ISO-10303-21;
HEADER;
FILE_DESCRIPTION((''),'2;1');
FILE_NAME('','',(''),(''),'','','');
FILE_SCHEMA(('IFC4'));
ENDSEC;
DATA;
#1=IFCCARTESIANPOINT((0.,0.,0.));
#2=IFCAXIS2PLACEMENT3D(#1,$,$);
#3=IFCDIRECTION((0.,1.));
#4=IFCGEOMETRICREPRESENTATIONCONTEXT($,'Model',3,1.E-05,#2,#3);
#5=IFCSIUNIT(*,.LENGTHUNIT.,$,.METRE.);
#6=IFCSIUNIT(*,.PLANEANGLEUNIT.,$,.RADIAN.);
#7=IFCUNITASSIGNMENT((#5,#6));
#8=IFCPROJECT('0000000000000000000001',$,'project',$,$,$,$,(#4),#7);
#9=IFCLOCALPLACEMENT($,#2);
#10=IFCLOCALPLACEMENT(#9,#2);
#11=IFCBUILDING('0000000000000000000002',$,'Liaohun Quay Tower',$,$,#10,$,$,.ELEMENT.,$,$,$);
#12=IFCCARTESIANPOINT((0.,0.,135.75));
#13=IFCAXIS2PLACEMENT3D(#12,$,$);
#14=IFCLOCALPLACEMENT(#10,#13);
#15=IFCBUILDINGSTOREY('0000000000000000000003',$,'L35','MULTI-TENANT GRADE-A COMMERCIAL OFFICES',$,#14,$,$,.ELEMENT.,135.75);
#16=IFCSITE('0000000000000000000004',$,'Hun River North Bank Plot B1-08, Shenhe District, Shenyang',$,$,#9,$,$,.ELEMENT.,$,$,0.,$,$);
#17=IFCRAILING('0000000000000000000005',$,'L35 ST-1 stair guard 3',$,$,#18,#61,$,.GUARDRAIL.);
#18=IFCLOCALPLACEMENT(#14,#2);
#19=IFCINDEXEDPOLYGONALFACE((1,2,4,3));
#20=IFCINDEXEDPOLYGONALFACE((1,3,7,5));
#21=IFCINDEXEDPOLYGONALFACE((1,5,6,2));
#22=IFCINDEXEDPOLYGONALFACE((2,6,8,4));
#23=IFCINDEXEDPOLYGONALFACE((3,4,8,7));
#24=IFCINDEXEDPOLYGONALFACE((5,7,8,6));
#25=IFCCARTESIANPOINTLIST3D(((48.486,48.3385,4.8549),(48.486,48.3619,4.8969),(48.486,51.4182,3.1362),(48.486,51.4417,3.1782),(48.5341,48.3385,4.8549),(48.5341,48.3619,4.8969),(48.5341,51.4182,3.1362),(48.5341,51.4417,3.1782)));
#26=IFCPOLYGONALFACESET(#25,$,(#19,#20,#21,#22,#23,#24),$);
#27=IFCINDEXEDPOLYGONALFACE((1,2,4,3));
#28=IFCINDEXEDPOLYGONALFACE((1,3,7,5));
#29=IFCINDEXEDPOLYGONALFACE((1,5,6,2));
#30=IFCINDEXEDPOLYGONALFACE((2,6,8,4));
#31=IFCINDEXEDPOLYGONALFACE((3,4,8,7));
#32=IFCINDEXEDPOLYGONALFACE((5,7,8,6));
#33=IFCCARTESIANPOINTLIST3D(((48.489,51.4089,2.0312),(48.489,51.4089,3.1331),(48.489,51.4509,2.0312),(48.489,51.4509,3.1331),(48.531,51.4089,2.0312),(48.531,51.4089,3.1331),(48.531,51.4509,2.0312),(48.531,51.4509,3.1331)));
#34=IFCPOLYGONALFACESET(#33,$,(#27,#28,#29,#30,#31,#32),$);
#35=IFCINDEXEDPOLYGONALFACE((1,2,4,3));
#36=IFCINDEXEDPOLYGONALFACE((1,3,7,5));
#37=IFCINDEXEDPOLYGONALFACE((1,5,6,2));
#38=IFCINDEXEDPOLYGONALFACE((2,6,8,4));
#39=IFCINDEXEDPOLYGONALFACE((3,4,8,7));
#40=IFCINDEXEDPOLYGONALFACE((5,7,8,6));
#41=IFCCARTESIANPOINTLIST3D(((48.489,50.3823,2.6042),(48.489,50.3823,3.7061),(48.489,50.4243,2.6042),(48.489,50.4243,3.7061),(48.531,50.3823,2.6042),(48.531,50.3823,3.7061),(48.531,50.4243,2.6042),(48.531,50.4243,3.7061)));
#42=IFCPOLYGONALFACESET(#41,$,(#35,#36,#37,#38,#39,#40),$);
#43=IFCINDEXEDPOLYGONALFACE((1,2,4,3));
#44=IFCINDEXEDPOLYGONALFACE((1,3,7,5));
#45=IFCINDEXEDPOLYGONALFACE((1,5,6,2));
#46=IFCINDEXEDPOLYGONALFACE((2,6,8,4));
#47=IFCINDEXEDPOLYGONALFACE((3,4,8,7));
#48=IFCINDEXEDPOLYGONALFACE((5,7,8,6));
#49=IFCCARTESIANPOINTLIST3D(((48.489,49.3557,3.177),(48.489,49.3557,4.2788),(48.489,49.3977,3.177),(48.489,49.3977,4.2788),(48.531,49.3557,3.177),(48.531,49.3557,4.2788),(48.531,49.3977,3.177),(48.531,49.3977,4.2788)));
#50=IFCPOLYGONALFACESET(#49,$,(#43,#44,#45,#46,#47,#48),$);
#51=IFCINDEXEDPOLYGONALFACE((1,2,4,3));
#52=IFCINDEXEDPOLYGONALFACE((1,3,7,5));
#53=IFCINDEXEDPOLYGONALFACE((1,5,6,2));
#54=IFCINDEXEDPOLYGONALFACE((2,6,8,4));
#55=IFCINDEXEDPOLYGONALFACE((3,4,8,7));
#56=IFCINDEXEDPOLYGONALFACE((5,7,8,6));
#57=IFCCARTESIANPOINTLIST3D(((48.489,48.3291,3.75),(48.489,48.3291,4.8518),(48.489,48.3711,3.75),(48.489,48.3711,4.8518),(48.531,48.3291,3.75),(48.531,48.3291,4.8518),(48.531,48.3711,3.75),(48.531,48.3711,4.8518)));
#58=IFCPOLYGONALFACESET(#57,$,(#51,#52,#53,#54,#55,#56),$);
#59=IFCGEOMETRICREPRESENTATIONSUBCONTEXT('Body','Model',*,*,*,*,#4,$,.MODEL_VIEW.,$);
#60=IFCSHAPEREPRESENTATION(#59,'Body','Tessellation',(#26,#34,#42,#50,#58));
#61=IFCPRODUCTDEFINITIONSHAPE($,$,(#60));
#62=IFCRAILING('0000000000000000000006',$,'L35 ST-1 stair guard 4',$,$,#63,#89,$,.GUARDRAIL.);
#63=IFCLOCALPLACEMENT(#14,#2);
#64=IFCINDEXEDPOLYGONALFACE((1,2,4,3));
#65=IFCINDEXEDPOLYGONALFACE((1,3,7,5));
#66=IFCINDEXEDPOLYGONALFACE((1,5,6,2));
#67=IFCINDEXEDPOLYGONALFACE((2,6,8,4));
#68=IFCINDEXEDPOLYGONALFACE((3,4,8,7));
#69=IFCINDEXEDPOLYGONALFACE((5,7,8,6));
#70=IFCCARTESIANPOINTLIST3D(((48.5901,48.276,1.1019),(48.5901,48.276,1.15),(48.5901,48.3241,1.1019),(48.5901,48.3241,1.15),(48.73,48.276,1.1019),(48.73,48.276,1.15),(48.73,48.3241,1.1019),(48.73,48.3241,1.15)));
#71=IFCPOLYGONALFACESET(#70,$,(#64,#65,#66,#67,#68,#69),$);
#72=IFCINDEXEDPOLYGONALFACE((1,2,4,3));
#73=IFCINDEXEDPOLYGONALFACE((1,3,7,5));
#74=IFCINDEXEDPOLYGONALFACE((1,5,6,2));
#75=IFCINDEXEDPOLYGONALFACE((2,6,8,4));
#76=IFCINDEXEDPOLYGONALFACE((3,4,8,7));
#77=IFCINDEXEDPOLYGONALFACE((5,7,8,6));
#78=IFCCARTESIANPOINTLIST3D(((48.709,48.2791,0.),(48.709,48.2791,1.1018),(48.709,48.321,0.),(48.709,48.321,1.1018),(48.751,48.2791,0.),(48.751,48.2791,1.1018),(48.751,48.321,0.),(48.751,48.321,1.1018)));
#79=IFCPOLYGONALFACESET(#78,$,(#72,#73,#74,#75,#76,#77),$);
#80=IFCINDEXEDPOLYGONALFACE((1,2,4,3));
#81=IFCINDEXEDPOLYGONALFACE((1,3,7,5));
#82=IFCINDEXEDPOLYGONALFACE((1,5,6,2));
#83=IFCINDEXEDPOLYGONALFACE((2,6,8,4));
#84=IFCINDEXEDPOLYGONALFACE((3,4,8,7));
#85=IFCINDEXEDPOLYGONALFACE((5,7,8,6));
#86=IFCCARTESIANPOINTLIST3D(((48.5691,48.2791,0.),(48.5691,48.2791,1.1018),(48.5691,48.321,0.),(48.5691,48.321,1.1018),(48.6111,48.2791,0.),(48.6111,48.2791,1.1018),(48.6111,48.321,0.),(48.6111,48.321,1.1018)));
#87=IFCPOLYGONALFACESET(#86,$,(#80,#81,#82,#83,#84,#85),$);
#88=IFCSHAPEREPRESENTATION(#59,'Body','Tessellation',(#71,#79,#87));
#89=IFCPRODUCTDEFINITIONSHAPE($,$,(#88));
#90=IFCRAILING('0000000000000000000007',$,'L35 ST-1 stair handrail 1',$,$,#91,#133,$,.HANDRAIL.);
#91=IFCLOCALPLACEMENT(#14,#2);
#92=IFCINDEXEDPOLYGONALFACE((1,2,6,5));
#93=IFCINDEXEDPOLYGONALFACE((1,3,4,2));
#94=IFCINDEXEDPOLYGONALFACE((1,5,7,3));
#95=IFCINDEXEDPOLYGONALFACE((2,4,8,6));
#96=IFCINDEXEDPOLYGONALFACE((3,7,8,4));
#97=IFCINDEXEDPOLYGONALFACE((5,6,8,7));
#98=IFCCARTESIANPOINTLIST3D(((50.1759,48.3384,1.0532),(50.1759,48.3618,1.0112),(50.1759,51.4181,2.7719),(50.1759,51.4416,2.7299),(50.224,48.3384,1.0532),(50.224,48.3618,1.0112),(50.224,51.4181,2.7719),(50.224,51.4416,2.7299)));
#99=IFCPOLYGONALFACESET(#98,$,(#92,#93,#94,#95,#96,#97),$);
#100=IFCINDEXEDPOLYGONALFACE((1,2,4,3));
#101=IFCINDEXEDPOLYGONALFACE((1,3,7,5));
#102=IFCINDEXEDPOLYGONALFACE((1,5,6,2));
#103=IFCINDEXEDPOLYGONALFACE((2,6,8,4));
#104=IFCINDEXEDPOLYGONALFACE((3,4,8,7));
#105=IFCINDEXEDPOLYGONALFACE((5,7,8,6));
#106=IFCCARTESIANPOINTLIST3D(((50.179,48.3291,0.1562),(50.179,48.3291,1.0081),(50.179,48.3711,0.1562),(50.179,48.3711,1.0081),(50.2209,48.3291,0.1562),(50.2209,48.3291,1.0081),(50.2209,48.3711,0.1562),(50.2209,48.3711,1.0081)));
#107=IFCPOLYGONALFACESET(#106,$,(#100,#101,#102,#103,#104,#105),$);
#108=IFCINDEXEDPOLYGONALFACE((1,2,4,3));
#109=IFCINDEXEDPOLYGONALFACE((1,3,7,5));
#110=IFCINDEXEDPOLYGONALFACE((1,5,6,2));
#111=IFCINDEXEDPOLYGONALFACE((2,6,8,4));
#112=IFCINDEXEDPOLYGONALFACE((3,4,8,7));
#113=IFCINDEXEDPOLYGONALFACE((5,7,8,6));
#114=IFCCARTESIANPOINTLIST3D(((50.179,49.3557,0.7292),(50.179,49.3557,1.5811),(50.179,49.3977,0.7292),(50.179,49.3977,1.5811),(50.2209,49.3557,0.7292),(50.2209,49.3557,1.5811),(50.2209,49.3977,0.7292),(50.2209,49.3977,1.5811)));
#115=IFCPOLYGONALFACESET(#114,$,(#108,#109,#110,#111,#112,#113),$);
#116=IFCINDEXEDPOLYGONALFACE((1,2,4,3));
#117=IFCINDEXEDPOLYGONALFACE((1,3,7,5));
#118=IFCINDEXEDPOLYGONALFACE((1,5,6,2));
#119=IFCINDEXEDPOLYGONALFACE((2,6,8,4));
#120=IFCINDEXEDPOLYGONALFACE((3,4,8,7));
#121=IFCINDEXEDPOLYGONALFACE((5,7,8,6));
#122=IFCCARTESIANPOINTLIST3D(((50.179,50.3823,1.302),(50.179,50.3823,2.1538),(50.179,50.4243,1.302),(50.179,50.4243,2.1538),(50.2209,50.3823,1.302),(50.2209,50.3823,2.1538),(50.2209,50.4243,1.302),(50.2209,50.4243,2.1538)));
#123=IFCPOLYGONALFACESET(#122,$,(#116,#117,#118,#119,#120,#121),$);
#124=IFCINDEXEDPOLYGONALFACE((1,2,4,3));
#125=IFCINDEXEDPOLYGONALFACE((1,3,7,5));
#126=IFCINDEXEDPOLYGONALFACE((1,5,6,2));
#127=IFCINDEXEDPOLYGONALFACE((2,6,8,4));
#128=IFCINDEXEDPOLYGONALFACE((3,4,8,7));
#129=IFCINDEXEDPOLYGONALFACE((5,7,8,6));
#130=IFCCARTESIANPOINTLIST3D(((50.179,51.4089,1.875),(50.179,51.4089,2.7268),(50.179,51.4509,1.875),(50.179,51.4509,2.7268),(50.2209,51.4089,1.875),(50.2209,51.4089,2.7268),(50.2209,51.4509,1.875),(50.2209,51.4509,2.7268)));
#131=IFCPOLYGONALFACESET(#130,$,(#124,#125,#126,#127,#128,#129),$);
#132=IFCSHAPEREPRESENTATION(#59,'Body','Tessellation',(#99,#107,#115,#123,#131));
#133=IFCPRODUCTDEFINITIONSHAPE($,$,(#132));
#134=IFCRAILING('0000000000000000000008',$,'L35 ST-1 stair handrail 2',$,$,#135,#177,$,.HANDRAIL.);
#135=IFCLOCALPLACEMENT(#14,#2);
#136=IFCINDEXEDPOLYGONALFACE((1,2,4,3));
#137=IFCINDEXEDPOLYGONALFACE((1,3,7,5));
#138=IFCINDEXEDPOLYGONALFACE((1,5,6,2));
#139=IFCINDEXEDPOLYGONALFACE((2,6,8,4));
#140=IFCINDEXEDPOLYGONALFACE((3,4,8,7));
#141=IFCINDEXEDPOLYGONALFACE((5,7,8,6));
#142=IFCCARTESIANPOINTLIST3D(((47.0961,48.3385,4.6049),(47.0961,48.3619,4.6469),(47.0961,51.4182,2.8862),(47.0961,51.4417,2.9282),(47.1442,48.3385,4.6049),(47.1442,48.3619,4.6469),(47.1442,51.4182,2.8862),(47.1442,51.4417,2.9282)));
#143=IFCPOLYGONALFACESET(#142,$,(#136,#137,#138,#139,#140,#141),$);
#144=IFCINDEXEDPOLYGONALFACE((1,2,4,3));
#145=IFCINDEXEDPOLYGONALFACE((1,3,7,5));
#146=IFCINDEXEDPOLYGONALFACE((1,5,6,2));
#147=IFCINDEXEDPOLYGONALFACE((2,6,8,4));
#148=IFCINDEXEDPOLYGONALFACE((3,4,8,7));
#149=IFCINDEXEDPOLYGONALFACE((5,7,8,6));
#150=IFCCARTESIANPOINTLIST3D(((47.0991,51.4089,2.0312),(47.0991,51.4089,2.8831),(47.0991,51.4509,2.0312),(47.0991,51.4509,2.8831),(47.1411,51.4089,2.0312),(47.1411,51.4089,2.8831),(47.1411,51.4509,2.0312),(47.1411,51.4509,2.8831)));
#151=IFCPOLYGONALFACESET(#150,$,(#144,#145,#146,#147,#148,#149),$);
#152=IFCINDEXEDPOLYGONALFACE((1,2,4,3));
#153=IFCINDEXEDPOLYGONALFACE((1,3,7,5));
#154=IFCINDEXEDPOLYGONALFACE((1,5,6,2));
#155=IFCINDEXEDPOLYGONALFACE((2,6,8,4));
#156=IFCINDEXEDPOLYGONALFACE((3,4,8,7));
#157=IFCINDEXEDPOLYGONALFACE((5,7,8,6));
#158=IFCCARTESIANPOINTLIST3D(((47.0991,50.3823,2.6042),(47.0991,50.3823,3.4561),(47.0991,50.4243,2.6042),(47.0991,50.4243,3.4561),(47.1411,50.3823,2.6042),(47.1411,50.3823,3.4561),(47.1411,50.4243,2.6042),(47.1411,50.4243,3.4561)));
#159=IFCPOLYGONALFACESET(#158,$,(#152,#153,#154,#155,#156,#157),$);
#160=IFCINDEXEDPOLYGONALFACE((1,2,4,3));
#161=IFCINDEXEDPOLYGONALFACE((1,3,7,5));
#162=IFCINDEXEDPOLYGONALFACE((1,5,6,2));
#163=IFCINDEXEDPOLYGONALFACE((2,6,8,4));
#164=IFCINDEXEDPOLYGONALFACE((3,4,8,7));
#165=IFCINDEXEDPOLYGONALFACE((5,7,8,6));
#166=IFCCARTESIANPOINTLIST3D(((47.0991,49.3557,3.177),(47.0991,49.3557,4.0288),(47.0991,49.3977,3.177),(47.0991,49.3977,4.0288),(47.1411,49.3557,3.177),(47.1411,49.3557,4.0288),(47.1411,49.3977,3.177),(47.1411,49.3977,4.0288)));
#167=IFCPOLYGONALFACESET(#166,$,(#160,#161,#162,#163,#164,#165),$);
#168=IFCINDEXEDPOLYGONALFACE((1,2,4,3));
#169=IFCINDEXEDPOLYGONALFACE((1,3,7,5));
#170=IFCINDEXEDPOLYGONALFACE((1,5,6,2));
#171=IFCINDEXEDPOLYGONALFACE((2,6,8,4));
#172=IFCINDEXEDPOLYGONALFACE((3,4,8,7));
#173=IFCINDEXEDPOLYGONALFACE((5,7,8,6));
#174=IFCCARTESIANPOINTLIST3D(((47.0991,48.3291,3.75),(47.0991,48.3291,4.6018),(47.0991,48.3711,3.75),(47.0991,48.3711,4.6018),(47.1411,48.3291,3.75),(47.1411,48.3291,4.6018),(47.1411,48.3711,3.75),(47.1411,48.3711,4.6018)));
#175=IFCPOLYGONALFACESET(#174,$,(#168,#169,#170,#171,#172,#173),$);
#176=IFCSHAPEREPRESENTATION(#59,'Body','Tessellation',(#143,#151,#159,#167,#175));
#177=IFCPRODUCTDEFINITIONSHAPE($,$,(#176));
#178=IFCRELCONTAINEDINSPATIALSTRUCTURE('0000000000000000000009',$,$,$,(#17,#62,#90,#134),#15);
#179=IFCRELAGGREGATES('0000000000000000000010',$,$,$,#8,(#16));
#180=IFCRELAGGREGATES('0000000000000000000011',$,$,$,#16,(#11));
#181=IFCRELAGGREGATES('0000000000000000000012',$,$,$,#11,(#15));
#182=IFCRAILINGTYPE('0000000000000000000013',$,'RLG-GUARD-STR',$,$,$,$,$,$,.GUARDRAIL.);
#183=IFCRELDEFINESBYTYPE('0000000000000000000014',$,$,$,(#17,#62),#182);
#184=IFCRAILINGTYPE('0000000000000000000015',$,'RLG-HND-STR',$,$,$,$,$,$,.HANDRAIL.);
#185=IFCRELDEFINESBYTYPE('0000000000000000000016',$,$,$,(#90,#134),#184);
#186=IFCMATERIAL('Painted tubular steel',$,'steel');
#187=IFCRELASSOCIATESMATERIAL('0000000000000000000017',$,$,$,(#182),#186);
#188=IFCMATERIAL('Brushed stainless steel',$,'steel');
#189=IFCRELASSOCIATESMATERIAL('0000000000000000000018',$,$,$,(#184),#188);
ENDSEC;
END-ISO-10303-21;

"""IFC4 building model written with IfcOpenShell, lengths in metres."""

from ifc_helpers import new_model, si_unit, direction, frame, origin, origin_2d, place, context, subcontext, project, spatial, rectangle, extrude, material, type_object, element, save


model = new_model("IFC4")

# Units and contexts
model_context = context("Model", 3, precision=1e-05, world=origin(), true_north=direction((0.0, 1.0)))
body_context = subcontext(model_context, "Body", "Model", "MODEL_VIEW")
ifc_project = project(units=[si_unit("LENGTHUNIT", "METRE"), si_unit("PLANEANGLEUNIT", "RADIAN")], contexts=[model_context])

# Site, building, storey
site_placement = place(None, origin())
site = spatial("IfcSite", under=ifc_project, at=site_placement, Name="Hun River North Bank Plot B1-08, Shenhe District, Shenyang", CompositionType="ELEMENT", RefElevation=0.0)
building_placement = place(site_placement, origin())
building = spatial("IfcBuilding", under=site, at=building_placement, Name="Liaohun Quay Tower", CompositionType="ELEMENT")
storey_placement = place(building_placement, frame((0.0, 0.0, 135.75)))
storey = spatial("IfcBuildingStorey", under=building, at=storey_placement, Name="L35", Description="MULTI-TENANT GRADE-A COMMERCIAL OFFICES", CompositionType="ELEMENT", Elevation=135.75)

# Railings
ifc_material_1 = material(Name="Painted tubular steel", Category="steel")
railing_type_1 = type_object("IfcRailingType", Name="RLG-GUARD-STR", PredefinedType="GUARDRAIL", material=ifc_material_1)
railing_1_placement = place(storey_placement, frame((48.51, 51.4299, 2.0312)))
element("IfcRailing", 1, at=railing_1_placement, inside=storey, type_object=railing_type_1, Name="L35 ST-1 stair guard 3", PredefinedType="GUARDRAIL", context=body_context, shape_type="SweptSolid", body=[
    extrude(rectangle(XDim=0.0481, YDim=0.0481, at=origin_2d()), frame((0.0, 0.0, 1.126), z_axis=(0.0, -0.873225, 0.487317), x_axis=(1.0, 0.0, 0.0)), (0.0, 0.0, 1.0), 3.5269),
    extrude(rectangle(XDim=0.042, YDim=0.042, at=origin_2d()), origin(), (0.0, 0.0, 1.0), 1.1018),
    extrude(rectangle(XDim=0.042, YDim=0.042, at=origin_2d()), frame((0.0, -1.0266, 0.573)), (0.0, 0.0, 1.0), 1.1018),
    extrude(rectangle(XDim=0.042, YDim=0.042, at=origin_2d()), frame((0.0, -2.0532, 1.1458)), (0.0, 0.0, 1.0), 1.1018),
    extrude(rectangle(XDim=0.042, YDim=0.042, at=origin_2d()), frame((0.0, -3.0798, 1.7188)), (0.0, 0.0, 1.0), 1.1018),
])
railing_2_placement = place(storey_placement, frame((48.73, 48.3, 0.0)))
element("IfcRailing", 2, at=railing_2_placement, inside=storey, type_object=railing_type_1, Name="L35 ST-1 stair guard 4", PredefinedType="GUARDRAIL", context=body_context, shape_type="SweptSolid", body=[
    extrude(rectangle(XDim=0.0481, YDim=0.0481, at=origin_2d()), frame((0.0, 0.0, 1.126), z_axis=(-1.0, 0.0, 0.0), x_axis=(0.0, -1.0, 0.0)), (0.0, 0.0, 1.0), 0.1399),
    extrude(rectangle(XDim=0.042, YDim=0.042, at=origin_2d()), origin(), (0.0, 0.0, 1.0), 1.1018),
    extrude(rectangle(XDim=0.042, YDim=0.042, at=origin_2d()), frame((-0.1399, 0.0, 0.0)), (0.0, 0.0, 1.0), 1.1018),
])
ifc_material_2 = material(Name="Brushed stainless steel", Category="steel")
railing_type_2 = type_object("IfcRailingType", Name="RLG-HND-STR", PredefinedType="HANDRAIL", material=ifc_material_2)
railing_3_placement = place(storey_placement, frame((50.2, 48.3501, 0.1562)))
element("IfcRailing", 3, at=railing_3_placement, inside=storey, type_object=railing_type_2, Name="L35 ST-1 stair handrail 1", PredefinedType="HANDRAIL", context=body_context, shape_type="SweptSolid", body=[
    extrude(rectangle(XDim=0.0481, YDim=0.0481, at=origin_2d()), frame((0.0, 0.0, 0.876), z_axis=(0.0, 0.873225, 0.487317), x_axis=(-1.0, 0.0, 0.0)), (0.0, 0.0, 1.0), 3.5269),
    extrude(rectangle(XDim=0.042, YDim=0.042, at=origin_2d()), origin(), (0.0, 0.0, 1.0), 0.8518),
    extrude(rectangle(XDim=0.042, YDim=0.042, at=origin_2d()), frame((0.0, 1.0266, 0.573)), (0.0, 0.0, 1.0), 0.8518),
    extrude(rectangle(XDim=0.042, YDim=0.042, at=origin_2d()), frame((0.0, 2.0532, 1.1458)), (0.0, 0.0, 1.0), 0.8518),
    extrude(rectangle(XDim=0.042, YDim=0.042, at=origin_2d()), frame((0.0, 3.0798, 1.7188)), (0.0, 0.0, 1.0), 0.8518),
])
railing_4_placement = place(storey_placement, frame((47.1201, 51.4299, 2.0312)))
element("IfcRailing", 4, at=railing_4_placement, inside=storey, type_object=railing_type_2, Name="L35 ST-1 stair handrail 2", PredefinedType="HANDRAIL", context=body_context, shape_type="SweptSolid", body=[
    extrude(rectangle(XDim=0.0481, YDim=0.0481, at=origin_2d()), frame((0.0, 0.0, 0.876), z_axis=(0.0, -0.873225, 0.487317), x_axis=(1.0, 0.0, 0.0)), (0.0, 0.0, 1.0), 3.5269),
    extrude(rectangle(XDim=0.042, YDim=0.042, at=origin_2d()), origin(), (0.0, 0.0, 1.0), 0.8518),
    extrude(rectangle(XDim=0.042, YDim=0.042, at=origin_2d()), frame((0.0, -1.0266, 0.573)), (0.0, 0.0, 1.0), 0.8518),
    extrude(rectangle(XDim=0.042, YDim=0.042, at=origin_2d()), frame((0.0, -2.0532, 1.1458)), (0.0, 0.0, 1.0), 0.8518),
    extrude(rectangle(XDim=0.042, YDim=0.042, at=origin_2d()), frame((0.0, -3.0798, 1.7188)), (0.0, 0.0, 1.0), 0.8518),
])

save(model, "model.ifc")
